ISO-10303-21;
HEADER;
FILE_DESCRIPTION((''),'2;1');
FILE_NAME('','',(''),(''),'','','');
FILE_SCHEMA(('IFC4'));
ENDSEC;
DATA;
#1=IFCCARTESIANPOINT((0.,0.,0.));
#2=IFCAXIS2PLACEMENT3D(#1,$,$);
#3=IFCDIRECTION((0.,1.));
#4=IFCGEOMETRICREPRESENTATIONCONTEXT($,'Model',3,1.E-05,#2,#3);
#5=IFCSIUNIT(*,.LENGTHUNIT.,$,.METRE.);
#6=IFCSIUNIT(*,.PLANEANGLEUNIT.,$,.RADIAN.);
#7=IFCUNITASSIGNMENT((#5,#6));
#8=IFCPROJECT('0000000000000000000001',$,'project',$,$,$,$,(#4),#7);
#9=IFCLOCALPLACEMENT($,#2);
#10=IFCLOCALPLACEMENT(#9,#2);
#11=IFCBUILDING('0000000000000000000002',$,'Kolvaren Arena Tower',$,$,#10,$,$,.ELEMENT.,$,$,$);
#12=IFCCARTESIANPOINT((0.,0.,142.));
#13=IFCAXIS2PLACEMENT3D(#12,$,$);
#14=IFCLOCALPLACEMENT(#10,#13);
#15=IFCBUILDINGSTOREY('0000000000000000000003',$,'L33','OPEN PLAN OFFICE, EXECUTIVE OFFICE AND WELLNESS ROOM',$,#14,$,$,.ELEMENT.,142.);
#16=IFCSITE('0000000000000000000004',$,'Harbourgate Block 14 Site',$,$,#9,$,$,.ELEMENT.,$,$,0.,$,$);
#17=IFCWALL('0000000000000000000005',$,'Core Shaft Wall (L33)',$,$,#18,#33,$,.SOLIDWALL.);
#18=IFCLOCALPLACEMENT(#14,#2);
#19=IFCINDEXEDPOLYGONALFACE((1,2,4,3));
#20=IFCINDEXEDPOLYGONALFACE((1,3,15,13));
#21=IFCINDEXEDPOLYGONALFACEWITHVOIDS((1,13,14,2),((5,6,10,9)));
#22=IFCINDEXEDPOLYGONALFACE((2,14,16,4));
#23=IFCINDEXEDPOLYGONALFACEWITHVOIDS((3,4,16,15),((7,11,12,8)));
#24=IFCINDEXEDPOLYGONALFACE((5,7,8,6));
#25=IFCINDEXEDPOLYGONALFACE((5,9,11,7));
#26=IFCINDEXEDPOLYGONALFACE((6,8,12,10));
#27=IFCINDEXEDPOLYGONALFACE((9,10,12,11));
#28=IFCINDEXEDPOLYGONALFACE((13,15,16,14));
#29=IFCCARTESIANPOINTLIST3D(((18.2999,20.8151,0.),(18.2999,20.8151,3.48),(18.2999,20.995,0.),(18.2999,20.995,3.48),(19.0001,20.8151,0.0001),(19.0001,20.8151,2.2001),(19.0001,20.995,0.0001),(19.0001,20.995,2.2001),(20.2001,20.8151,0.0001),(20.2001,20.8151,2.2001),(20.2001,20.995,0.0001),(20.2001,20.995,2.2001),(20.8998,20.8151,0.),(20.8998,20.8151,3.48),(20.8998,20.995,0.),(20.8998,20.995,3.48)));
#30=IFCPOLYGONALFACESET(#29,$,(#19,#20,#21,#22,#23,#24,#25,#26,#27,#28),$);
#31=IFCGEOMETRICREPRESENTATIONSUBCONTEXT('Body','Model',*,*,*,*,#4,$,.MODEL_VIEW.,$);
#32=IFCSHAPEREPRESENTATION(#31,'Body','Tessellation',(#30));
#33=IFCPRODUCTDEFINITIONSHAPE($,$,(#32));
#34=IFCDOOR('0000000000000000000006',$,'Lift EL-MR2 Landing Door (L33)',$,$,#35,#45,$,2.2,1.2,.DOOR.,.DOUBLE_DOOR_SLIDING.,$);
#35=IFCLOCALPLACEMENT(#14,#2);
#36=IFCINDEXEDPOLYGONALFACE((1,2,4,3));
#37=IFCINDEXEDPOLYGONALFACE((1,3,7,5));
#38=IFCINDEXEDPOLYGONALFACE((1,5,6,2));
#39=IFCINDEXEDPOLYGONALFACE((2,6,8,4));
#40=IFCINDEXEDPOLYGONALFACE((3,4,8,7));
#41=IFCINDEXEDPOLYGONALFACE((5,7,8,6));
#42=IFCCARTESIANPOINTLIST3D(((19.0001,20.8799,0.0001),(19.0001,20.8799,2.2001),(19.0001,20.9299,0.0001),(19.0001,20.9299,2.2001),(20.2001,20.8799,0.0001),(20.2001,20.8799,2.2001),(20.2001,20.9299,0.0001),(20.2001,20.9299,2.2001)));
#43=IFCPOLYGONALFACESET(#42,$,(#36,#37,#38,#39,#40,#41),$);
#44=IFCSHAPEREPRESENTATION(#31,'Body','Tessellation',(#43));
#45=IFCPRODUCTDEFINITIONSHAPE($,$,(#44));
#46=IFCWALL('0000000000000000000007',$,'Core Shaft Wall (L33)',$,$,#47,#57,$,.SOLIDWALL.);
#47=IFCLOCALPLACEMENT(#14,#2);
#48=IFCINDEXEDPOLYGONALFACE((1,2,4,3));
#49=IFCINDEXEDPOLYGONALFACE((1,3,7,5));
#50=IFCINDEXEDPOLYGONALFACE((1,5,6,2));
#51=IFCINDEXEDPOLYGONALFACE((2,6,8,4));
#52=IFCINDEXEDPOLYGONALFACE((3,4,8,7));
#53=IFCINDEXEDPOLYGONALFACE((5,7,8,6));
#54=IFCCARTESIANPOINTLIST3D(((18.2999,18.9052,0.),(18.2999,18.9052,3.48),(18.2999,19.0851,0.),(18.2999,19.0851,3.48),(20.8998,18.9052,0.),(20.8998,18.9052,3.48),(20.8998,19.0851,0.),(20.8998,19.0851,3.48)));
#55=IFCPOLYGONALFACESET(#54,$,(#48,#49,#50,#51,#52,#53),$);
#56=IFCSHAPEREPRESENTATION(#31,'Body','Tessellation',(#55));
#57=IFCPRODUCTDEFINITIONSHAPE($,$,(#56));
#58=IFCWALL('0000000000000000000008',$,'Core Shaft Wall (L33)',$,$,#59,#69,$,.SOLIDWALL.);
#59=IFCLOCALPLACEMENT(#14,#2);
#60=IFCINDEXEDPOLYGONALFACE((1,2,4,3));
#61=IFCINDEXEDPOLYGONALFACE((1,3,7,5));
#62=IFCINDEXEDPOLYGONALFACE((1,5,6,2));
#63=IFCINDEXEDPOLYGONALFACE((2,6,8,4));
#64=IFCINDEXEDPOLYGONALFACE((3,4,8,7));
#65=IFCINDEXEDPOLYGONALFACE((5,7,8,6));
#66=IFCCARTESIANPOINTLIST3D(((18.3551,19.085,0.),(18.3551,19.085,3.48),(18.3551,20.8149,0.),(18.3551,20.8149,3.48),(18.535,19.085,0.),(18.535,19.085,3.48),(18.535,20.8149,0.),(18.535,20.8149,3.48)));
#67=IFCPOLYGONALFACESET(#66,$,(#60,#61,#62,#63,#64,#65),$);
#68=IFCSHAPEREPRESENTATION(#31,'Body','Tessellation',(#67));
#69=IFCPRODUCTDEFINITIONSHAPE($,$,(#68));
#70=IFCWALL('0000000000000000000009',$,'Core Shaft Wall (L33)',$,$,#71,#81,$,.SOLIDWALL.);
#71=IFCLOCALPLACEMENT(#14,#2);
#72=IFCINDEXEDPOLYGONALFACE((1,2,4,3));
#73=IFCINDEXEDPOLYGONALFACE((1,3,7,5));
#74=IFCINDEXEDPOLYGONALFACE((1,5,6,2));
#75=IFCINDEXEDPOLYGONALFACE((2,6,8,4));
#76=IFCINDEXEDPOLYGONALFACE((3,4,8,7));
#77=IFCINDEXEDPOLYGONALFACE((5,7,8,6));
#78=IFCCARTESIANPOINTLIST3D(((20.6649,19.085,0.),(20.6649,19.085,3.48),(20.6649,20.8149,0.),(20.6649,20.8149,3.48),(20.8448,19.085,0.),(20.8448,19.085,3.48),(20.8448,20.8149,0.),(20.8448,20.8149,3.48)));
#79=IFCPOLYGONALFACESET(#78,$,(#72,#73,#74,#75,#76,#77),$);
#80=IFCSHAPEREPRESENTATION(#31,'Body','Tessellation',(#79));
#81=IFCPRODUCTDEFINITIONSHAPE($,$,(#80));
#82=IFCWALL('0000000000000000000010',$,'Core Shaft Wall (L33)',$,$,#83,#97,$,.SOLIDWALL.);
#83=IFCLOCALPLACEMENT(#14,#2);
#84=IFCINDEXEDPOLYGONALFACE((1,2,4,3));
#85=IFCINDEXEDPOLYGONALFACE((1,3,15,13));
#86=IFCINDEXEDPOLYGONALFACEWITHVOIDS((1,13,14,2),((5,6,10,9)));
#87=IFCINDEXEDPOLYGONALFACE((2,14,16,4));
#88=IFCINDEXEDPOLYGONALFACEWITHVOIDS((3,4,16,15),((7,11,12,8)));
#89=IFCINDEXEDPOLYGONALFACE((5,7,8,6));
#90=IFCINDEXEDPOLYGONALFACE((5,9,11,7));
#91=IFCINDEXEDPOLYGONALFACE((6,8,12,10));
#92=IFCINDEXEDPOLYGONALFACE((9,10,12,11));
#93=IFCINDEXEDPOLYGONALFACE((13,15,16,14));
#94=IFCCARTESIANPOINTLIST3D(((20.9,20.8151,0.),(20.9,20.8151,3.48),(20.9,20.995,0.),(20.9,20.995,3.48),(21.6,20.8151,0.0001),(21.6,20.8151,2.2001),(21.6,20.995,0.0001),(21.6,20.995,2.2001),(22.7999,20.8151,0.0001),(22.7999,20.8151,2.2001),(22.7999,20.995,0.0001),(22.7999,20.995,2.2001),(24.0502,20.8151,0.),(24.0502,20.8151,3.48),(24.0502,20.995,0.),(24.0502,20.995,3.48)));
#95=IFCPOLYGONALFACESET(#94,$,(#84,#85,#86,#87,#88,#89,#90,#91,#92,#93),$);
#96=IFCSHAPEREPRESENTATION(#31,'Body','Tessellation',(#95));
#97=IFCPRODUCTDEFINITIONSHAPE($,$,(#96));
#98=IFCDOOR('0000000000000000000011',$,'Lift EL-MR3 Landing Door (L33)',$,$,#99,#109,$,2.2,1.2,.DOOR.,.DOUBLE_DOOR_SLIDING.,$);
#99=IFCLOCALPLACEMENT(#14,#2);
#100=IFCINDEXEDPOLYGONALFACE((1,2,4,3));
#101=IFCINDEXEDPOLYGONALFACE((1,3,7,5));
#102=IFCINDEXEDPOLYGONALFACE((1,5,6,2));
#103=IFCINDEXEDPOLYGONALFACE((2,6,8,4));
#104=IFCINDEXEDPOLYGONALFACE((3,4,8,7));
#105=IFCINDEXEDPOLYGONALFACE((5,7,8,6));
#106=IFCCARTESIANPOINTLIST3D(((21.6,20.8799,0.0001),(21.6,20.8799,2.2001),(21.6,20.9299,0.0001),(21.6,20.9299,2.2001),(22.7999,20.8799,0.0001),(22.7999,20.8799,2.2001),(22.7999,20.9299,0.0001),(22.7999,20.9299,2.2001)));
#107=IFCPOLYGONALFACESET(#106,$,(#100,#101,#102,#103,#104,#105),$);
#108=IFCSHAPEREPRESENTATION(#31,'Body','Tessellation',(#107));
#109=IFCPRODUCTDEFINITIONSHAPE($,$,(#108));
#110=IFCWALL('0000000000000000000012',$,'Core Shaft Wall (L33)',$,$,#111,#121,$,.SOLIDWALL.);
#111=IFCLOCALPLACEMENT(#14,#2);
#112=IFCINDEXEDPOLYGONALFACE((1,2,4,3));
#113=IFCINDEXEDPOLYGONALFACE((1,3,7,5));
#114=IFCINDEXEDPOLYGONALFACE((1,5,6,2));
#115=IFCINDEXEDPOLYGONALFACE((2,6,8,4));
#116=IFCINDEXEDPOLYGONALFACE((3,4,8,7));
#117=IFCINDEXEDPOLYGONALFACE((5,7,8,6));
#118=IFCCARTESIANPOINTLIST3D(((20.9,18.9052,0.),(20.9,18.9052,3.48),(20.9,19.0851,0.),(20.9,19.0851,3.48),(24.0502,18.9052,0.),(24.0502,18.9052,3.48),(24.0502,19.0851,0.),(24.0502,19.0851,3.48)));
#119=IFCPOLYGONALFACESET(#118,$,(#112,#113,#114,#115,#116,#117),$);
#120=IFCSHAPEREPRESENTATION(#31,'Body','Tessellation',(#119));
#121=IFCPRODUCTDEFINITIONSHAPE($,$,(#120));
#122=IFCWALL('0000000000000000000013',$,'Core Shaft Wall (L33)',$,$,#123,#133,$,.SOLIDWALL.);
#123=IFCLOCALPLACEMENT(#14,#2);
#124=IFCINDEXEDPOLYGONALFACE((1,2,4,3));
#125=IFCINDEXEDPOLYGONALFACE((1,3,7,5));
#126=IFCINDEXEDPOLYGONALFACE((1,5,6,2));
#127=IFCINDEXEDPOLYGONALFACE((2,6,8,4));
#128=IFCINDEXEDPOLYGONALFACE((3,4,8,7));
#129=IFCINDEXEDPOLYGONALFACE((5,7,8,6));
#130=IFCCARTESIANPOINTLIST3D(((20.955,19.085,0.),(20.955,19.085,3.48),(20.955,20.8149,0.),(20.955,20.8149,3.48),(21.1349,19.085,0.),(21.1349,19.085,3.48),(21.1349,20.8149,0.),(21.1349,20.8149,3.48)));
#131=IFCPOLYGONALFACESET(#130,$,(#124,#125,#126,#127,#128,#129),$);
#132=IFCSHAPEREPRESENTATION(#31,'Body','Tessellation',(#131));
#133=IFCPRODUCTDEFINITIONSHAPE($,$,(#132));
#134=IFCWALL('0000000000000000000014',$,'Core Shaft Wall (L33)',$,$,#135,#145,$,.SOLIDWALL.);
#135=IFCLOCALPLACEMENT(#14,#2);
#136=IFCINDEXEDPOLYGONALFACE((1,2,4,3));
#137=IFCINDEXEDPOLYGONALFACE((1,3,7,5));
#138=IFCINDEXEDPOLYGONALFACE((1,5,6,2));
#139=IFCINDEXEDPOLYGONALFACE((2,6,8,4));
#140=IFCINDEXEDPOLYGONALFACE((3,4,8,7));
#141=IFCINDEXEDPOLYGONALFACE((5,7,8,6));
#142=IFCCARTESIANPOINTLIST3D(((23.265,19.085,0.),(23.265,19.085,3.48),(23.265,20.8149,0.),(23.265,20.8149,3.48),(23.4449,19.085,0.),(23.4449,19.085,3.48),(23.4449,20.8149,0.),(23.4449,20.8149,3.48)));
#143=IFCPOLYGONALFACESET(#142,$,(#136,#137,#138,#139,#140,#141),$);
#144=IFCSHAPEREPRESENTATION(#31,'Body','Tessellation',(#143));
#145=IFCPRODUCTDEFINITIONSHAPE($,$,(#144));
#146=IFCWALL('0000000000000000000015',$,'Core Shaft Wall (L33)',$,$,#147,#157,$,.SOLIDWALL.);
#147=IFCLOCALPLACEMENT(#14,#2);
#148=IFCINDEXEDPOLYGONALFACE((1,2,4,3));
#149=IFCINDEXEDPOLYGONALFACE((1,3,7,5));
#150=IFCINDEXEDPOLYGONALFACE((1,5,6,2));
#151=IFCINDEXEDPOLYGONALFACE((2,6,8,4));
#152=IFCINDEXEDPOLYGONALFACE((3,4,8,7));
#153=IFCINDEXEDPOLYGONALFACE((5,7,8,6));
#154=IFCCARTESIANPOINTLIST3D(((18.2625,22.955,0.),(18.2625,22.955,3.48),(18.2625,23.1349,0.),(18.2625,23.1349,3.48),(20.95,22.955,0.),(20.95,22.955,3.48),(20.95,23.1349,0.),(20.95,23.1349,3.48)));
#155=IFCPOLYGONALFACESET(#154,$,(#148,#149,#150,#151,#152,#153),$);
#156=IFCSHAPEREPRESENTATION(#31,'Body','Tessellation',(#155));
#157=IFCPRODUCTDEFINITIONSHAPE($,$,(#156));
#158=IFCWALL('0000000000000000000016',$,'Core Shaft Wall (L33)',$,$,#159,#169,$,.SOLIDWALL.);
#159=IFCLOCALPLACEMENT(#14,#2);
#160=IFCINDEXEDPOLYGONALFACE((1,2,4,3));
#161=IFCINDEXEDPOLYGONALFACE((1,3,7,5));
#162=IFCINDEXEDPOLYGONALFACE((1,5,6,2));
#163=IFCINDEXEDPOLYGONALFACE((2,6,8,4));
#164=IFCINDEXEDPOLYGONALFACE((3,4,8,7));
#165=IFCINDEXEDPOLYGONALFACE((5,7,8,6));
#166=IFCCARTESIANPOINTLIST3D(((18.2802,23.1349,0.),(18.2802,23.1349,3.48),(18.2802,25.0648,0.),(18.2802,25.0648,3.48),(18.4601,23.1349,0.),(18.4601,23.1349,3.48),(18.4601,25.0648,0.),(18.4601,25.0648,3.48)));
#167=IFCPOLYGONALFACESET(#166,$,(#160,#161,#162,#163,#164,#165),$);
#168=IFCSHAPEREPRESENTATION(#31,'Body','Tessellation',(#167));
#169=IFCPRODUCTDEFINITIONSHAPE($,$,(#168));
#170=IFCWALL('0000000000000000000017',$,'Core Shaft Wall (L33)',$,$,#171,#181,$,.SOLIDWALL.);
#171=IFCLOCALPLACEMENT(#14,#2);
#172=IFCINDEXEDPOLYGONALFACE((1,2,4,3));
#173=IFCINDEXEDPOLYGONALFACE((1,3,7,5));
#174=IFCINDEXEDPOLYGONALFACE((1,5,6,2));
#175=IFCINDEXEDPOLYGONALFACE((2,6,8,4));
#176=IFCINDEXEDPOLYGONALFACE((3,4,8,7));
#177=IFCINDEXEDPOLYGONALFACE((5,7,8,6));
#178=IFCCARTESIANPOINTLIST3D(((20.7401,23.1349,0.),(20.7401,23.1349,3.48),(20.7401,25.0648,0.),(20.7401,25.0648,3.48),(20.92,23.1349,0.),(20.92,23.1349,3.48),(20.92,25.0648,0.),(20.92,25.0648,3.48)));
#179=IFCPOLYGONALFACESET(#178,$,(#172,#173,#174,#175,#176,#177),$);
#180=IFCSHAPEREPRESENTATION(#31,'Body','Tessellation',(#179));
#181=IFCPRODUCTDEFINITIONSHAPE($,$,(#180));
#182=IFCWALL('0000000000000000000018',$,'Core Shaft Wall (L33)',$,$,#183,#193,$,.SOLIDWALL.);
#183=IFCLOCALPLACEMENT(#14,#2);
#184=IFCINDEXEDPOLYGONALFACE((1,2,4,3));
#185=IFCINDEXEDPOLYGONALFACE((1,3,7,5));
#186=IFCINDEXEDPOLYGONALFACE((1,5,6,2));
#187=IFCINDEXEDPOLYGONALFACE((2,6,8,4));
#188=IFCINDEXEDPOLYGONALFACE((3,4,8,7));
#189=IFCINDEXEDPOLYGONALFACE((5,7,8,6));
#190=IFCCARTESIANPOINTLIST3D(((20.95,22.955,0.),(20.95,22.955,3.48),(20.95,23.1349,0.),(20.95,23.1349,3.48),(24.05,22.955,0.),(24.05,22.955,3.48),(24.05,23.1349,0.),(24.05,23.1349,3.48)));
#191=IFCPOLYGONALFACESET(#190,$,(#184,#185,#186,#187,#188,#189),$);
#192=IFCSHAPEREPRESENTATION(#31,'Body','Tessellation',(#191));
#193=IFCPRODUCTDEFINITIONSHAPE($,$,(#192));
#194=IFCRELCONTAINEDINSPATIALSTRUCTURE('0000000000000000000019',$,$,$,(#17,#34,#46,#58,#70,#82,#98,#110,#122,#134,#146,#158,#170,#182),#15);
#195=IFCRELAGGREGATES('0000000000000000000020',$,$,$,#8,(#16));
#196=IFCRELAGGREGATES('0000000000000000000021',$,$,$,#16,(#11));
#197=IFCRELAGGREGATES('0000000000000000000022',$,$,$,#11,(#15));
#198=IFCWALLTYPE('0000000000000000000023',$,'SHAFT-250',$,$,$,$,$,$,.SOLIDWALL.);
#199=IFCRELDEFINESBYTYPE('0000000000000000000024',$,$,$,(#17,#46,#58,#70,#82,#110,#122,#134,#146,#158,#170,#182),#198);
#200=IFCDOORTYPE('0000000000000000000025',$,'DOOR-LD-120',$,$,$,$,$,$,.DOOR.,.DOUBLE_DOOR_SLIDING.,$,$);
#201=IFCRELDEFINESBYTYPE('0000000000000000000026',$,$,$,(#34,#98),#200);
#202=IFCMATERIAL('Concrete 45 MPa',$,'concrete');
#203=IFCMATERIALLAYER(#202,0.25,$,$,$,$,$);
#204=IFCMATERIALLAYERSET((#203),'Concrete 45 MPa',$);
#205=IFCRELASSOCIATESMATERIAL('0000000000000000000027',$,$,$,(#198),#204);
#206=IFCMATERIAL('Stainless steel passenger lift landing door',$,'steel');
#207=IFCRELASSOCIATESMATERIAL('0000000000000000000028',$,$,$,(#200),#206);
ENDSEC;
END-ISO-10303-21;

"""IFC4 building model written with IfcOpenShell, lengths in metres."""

from ifc_helpers import new_model, si_unit, direction, frame, frame_2d, origin, place, context, subcontext, project, spatial, rectangle, extrude, material, layer, layer_set, type_object, element, fill, save


model = new_model("IFC4")

# Units and contexts
model_context = context("Model", 3, precision=1e-05, world=origin(), true_north=direction((0.0, 1.0)))
body_context = subcontext(model_context, "Body", "Model", "MODEL_VIEW")
ifc_project = project(units=[si_unit("LENGTHUNIT", "METRE"), si_unit("PLANEANGLEUNIT", "RADIAN")], contexts=[model_context])

# Site, building, storey
site_placement = place(None, origin())
site = spatial("IfcSite", under=ifc_project, at=site_placement, Name="Harbourgate Block 14 Site", CompositionType="ELEMENT", RefElevation=0.0)
building_placement = place(site_placement, origin())
building = spatial("IfcBuilding", under=site, at=building_placement, Name="Kolvaren Arena Tower", CompositionType="ELEMENT")
storey_placement = place(building_placement, frame((0.0, 0.0, 142.0)))
storey = spatial("IfcBuildingStorey", under=building, at=storey_placement, Name="L33", Description="OPEN PLAN OFFICE, EXECUTIVE OFFICE AND WELLNESS ROOM", CompositionType="ELEMENT", Elevation=142.0)

# Shared definitions
ifc_material_1 = material(Name="Concrete 45 MPa", Category="concrete")
ifc_layer_1 = layer(ifc_material_1, 0.25)
ifc_layer_set_1 = layer_set([ifc_layer_1], Name="Concrete 45 MPa")
wall_type_1 = type_object("IfcWallType", Name="SHAFT-250", PredefinedType="SOLIDWALL", material=ifc_layer_set_1)

# Wall, opening, door
wall_1_placement = place(storey_placement, frame((18.3, 20.905, 0.0), z_axis=(0.0, 0.0, 1.0), x_axis=(1.0, 0.0, 0.0)))
wall_1 = element("IfcWall", 1, at=wall_1_placement, inside=storey, type_object=wall_type_1, Name="Core Shaft Wall (L33)", PredefinedType="SOLIDWALL", context=body_context, shape_type="SweptSolid", body=[
    extrude(rectangle(XDim=2.5999, YDim=0.1799, at=frame_2d((1.2998, 0.0))), origin(), (0.0, 0.0, 1.0), 3.48),
])
opening_1_placement = place(wall_1_placement, frame((0.7, 0.0, 0.0)))
opening_1 = element("IfcOpeningElement", 2, at=opening_1_placement, cuts=wall_1, PredefinedType="OPENING", context=body_context, shape_type="SweptSolid", body=[
    extrude(rectangle(XDim=1.2, YDim=2.2, at=frame_2d((0.6001, 1.1001))), frame((0.0, 0.0999, 0.0), z_axis=(0.0, -1.0, 0.0), x_axis=(1.0, 0.0, 0.0)), (0.0, 0.0, 1.0), 0.2),
])
ifc_material_2 = material(Name="Stainless steel passenger lift landing door", Category="steel")
door_type_1 = type_object("IfcDoorType", Name="DOOR-LD-120", OperationType="DOUBLE_DOOR_SLIDING", PredefinedType="DOOR", material=ifc_material_2)
door_1_placement = place(opening_1_placement, origin())
door_1 = element("IfcDoor", 3, at=door_1_placement, inside=storey, type_object=door_type_1, Name="Lift EL-MR2 Landing Door (L33)", OperationType="DOUBLE_DOOR_SLIDING", OverallHeight=2.2, OverallWidth=1.2, PredefinedType="DOOR", context=body_context, shape_type="SweptSolid", body=[
    extrude(rectangle(XDim=1.2, YDim=2.2, at=frame_2d((0.6001, 1.1001))), frame((0.0, 0.0249, 0.0), z_axis=(0.0, -1.0, 0.0), x_axis=(1.0, 0.0, 0.0)), (0.0, 0.0, 1.0), 0.05),
])
fill(opening_1, door_1)

# Walls
wall_2_placement = place(storey_placement, frame((18.3, 18.9951, 0.0), z_axis=(0.0, 0.0, 1.0), x_axis=(1.0, 0.0, 0.0)))
element("IfcWall", 4, at=wall_2_placement, inside=storey, type_object=wall_type_1, Name="Core Shaft Wall (L33)", PredefinedType="SOLIDWALL", context=body_context, shape_type="SweptSolid", body=[
    extrude(rectangle(XDim=2.5999, YDim=0.1799, at=frame_2d((1.2998, 0.0))), origin(), (0.0, 0.0, 1.0), 3.48),
])
for number, where, z_axis, x_axis, name in (
    (5, (18.4451, 19.085, 0.0), (0.0, 0.0, 1.0), (0.0, 1.0, 0.0), "Core Shaft Wall (L33)"),
    (6, (20.7549, 19.085, 0.0), (0.0, 0.0, 1.0), (0.0, 1.0, 0.0), "Core Shaft Wall (L33)"),
):
    element("IfcWall", number, at=place(storey_placement, frame(where, z_axis=z_axis, x_axis=x_axis)), inside=storey, type_object=wall_type_1, Name=name, PredefinedType="SOLIDWALL", context=body_context, shape_type="SweptSolid", body=[
        extrude(rectangle(XDim=1.73, YDim=0.1799, at=frame_2d((0.865, 0.0))), origin(), (0.0, 0.0, 1.0), 3.48),
    ])

# Wall, opening, door
wall_3_placement = place(storey_placement, frame((20.8999, 20.905, 0.0), z_axis=(0.0, 0.0, 1.0), x_axis=(1.0, 0.0, 0.0)))
wall_3 = element("IfcWall", 7, at=wall_3_placement, inside=storey, type_object=wall_type_1, Name="Core Shaft Wall (L33)", PredefinedType="SOLIDWALL", context=body_context, shape_type="SweptSolid", body=[
    extrude(rectangle(XDim=3.1501, YDim=0.1799, at=frame_2d((1.5752, 0.0))), origin(), (0.0, 0.0, 1.0), 3.48),
])
opening_2_placement = place(wall_3_placement, frame((0.7, 0.0, 0.0)))
opening_2 = element("IfcOpeningElement", 8, at=opening_2_placement, cuts=wall_3, PredefinedType="OPENING", context=body_context, shape_type="SweptSolid", body=[
    extrude(rectangle(XDim=1.2, YDim=2.2, at=frame_2d((0.6001, 1.1001))), frame((0.0, 0.0999, 0.0), z_axis=(0.0, -1.0, 0.0), x_axis=(1.0, 0.0, 0.0)), (0.0, 0.0, 1.0), 0.2),
])
door_2_placement = place(opening_2_placement, origin())
door_2 = element("IfcDoor", 9, at=door_2_placement, inside=storey, type_object=door_type_1, Name="Lift EL-MR3 Landing Door (L33)", OperationType="DOUBLE_DOOR_SLIDING", OverallHeight=2.2, OverallWidth=1.2, PredefinedType="DOOR", context=body_context, shape_type="SweptSolid", body=[
    extrude(rectangle(XDim=1.2, YDim=2.2, at=frame_2d((0.6001, 1.1001))), frame((0.0, 0.0249, 0.0), z_axis=(0.0, -1.0, 0.0), x_axis=(1.0, 0.0, 0.0)), (0.0, 0.0, 1.0), 0.05),
])
fill(opening_2, door_2)

# Walls
wall_4_placement = place(storey_placement, frame((20.8999, 18.9951, 0.0), z_axis=(0.0, 0.0, 1.0), x_axis=(1.0, 0.0, 0.0)))
element("IfcWall", 10, at=wall_4_placement, inside=storey, type_object=wall_type_1, Name="Core Shaft Wall (L33)", PredefinedType="SOLIDWALL", context=body_context, shape_type="SweptSolid", body=[
    extrude(rectangle(XDim=3.1501, YDim=0.1799, at=frame_2d((1.5752, 0.0))), origin(), (0.0, 0.0, 1.0), 3.48),
])
for number, where, z_axis, x_axis, name in (
    (11, (21.0449, 19.085, 0.0), (0.0, 0.0, 1.0), (0.0, 1.0, 0.0), "Core Shaft Wall (L33)"),
    (12, (23.355, 19.085, 0.0), (0.0, 0.0, 1.0), (0.0, 1.0, 0.0), "Core Shaft Wall (L33)"),
):
    element("IfcWall", number, at=place(storey_placement, frame(where, z_axis=z_axis, x_axis=x_axis)), inside=storey, type_object=wall_type_1, Name=name, PredefinedType="SOLIDWALL", context=body_context, shape_type="SweptSolid", body=[
        extrude(rectangle(XDim=1.73, YDim=0.1799, at=frame_2d((0.865, 0.0))), origin(), (0.0, 0.0, 1.0), 3.48),
    ])
wall_5_placement = place(storey_placement, frame((18.2625, 23.0449, 0.0), z_axis=(0.0, 0.0, 1.0), x_axis=(1.0, 0.0, 0.0)))
element("IfcWall", 13, at=wall_5_placement, inside=storey, type_object=wall_type_1, Name="Core Shaft Wall (L33)", PredefinedType="SOLIDWALL", context=body_context, shape_type="SweptSolid", body=[
    extrude(rectangle(XDim=2.6875, YDim=0.1799, at=frame_2d((1.3438, 0.0))), origin(), (0.0, 0.0, 1.0), 3.48),
])
for number, where, z_axis, x_axis, name in (
    (14, (18.3701, 23.135, 0.0), (0.0, 0.0, 1.0), (0.0, 1.0, 0.0), "Core Shaft Wall (L33)"),
    (15, (20.8301, 23.135, 0.0), (0.0, 0.0, 1.0), (0.0, 1.0, 0.0), "Core Shaft Wall (L33)"),
):
    element("IfcWall", number, at=place(storey_placement, frame(where, z_axis=z_axis, x_axis=x_axis)), inside=storey, type_object=wall_type_1, Name=name, PredefinedType="SOLIDWALL", context=body_context, shape_type="SweptSolid", body=[
        extrude(rectangle(XDim=1.9299, YDim=0.1799, at=frame_2d((0.9648, 0.0))), origin(), (0.0, 0.0, 1.0), 3.48),
    ])
wall_6_placement = place(storey_placement, frame((20.95, 23.0449, 0.0), z_axis=(0.0, 0.0, 1.0), x_axis=(1.0, 0.0, 0.0)))
element("IfcWall", 16, at=wall_6_placement, inside=storey, type_object=wall_type_1, Name="Core Shaft Wall (L33)", PredefinedType="SOLIDWALL", context=body_context, shape_type="SweptSolid", body=[
    extrude(rectangle(XDim=3.1001, YDim=0.1799, at=frame_2d((1.55, 0.0))), origin(), (0.0, 0.0, 1.0), 3.48),
])

save(model, "model.ifc")
